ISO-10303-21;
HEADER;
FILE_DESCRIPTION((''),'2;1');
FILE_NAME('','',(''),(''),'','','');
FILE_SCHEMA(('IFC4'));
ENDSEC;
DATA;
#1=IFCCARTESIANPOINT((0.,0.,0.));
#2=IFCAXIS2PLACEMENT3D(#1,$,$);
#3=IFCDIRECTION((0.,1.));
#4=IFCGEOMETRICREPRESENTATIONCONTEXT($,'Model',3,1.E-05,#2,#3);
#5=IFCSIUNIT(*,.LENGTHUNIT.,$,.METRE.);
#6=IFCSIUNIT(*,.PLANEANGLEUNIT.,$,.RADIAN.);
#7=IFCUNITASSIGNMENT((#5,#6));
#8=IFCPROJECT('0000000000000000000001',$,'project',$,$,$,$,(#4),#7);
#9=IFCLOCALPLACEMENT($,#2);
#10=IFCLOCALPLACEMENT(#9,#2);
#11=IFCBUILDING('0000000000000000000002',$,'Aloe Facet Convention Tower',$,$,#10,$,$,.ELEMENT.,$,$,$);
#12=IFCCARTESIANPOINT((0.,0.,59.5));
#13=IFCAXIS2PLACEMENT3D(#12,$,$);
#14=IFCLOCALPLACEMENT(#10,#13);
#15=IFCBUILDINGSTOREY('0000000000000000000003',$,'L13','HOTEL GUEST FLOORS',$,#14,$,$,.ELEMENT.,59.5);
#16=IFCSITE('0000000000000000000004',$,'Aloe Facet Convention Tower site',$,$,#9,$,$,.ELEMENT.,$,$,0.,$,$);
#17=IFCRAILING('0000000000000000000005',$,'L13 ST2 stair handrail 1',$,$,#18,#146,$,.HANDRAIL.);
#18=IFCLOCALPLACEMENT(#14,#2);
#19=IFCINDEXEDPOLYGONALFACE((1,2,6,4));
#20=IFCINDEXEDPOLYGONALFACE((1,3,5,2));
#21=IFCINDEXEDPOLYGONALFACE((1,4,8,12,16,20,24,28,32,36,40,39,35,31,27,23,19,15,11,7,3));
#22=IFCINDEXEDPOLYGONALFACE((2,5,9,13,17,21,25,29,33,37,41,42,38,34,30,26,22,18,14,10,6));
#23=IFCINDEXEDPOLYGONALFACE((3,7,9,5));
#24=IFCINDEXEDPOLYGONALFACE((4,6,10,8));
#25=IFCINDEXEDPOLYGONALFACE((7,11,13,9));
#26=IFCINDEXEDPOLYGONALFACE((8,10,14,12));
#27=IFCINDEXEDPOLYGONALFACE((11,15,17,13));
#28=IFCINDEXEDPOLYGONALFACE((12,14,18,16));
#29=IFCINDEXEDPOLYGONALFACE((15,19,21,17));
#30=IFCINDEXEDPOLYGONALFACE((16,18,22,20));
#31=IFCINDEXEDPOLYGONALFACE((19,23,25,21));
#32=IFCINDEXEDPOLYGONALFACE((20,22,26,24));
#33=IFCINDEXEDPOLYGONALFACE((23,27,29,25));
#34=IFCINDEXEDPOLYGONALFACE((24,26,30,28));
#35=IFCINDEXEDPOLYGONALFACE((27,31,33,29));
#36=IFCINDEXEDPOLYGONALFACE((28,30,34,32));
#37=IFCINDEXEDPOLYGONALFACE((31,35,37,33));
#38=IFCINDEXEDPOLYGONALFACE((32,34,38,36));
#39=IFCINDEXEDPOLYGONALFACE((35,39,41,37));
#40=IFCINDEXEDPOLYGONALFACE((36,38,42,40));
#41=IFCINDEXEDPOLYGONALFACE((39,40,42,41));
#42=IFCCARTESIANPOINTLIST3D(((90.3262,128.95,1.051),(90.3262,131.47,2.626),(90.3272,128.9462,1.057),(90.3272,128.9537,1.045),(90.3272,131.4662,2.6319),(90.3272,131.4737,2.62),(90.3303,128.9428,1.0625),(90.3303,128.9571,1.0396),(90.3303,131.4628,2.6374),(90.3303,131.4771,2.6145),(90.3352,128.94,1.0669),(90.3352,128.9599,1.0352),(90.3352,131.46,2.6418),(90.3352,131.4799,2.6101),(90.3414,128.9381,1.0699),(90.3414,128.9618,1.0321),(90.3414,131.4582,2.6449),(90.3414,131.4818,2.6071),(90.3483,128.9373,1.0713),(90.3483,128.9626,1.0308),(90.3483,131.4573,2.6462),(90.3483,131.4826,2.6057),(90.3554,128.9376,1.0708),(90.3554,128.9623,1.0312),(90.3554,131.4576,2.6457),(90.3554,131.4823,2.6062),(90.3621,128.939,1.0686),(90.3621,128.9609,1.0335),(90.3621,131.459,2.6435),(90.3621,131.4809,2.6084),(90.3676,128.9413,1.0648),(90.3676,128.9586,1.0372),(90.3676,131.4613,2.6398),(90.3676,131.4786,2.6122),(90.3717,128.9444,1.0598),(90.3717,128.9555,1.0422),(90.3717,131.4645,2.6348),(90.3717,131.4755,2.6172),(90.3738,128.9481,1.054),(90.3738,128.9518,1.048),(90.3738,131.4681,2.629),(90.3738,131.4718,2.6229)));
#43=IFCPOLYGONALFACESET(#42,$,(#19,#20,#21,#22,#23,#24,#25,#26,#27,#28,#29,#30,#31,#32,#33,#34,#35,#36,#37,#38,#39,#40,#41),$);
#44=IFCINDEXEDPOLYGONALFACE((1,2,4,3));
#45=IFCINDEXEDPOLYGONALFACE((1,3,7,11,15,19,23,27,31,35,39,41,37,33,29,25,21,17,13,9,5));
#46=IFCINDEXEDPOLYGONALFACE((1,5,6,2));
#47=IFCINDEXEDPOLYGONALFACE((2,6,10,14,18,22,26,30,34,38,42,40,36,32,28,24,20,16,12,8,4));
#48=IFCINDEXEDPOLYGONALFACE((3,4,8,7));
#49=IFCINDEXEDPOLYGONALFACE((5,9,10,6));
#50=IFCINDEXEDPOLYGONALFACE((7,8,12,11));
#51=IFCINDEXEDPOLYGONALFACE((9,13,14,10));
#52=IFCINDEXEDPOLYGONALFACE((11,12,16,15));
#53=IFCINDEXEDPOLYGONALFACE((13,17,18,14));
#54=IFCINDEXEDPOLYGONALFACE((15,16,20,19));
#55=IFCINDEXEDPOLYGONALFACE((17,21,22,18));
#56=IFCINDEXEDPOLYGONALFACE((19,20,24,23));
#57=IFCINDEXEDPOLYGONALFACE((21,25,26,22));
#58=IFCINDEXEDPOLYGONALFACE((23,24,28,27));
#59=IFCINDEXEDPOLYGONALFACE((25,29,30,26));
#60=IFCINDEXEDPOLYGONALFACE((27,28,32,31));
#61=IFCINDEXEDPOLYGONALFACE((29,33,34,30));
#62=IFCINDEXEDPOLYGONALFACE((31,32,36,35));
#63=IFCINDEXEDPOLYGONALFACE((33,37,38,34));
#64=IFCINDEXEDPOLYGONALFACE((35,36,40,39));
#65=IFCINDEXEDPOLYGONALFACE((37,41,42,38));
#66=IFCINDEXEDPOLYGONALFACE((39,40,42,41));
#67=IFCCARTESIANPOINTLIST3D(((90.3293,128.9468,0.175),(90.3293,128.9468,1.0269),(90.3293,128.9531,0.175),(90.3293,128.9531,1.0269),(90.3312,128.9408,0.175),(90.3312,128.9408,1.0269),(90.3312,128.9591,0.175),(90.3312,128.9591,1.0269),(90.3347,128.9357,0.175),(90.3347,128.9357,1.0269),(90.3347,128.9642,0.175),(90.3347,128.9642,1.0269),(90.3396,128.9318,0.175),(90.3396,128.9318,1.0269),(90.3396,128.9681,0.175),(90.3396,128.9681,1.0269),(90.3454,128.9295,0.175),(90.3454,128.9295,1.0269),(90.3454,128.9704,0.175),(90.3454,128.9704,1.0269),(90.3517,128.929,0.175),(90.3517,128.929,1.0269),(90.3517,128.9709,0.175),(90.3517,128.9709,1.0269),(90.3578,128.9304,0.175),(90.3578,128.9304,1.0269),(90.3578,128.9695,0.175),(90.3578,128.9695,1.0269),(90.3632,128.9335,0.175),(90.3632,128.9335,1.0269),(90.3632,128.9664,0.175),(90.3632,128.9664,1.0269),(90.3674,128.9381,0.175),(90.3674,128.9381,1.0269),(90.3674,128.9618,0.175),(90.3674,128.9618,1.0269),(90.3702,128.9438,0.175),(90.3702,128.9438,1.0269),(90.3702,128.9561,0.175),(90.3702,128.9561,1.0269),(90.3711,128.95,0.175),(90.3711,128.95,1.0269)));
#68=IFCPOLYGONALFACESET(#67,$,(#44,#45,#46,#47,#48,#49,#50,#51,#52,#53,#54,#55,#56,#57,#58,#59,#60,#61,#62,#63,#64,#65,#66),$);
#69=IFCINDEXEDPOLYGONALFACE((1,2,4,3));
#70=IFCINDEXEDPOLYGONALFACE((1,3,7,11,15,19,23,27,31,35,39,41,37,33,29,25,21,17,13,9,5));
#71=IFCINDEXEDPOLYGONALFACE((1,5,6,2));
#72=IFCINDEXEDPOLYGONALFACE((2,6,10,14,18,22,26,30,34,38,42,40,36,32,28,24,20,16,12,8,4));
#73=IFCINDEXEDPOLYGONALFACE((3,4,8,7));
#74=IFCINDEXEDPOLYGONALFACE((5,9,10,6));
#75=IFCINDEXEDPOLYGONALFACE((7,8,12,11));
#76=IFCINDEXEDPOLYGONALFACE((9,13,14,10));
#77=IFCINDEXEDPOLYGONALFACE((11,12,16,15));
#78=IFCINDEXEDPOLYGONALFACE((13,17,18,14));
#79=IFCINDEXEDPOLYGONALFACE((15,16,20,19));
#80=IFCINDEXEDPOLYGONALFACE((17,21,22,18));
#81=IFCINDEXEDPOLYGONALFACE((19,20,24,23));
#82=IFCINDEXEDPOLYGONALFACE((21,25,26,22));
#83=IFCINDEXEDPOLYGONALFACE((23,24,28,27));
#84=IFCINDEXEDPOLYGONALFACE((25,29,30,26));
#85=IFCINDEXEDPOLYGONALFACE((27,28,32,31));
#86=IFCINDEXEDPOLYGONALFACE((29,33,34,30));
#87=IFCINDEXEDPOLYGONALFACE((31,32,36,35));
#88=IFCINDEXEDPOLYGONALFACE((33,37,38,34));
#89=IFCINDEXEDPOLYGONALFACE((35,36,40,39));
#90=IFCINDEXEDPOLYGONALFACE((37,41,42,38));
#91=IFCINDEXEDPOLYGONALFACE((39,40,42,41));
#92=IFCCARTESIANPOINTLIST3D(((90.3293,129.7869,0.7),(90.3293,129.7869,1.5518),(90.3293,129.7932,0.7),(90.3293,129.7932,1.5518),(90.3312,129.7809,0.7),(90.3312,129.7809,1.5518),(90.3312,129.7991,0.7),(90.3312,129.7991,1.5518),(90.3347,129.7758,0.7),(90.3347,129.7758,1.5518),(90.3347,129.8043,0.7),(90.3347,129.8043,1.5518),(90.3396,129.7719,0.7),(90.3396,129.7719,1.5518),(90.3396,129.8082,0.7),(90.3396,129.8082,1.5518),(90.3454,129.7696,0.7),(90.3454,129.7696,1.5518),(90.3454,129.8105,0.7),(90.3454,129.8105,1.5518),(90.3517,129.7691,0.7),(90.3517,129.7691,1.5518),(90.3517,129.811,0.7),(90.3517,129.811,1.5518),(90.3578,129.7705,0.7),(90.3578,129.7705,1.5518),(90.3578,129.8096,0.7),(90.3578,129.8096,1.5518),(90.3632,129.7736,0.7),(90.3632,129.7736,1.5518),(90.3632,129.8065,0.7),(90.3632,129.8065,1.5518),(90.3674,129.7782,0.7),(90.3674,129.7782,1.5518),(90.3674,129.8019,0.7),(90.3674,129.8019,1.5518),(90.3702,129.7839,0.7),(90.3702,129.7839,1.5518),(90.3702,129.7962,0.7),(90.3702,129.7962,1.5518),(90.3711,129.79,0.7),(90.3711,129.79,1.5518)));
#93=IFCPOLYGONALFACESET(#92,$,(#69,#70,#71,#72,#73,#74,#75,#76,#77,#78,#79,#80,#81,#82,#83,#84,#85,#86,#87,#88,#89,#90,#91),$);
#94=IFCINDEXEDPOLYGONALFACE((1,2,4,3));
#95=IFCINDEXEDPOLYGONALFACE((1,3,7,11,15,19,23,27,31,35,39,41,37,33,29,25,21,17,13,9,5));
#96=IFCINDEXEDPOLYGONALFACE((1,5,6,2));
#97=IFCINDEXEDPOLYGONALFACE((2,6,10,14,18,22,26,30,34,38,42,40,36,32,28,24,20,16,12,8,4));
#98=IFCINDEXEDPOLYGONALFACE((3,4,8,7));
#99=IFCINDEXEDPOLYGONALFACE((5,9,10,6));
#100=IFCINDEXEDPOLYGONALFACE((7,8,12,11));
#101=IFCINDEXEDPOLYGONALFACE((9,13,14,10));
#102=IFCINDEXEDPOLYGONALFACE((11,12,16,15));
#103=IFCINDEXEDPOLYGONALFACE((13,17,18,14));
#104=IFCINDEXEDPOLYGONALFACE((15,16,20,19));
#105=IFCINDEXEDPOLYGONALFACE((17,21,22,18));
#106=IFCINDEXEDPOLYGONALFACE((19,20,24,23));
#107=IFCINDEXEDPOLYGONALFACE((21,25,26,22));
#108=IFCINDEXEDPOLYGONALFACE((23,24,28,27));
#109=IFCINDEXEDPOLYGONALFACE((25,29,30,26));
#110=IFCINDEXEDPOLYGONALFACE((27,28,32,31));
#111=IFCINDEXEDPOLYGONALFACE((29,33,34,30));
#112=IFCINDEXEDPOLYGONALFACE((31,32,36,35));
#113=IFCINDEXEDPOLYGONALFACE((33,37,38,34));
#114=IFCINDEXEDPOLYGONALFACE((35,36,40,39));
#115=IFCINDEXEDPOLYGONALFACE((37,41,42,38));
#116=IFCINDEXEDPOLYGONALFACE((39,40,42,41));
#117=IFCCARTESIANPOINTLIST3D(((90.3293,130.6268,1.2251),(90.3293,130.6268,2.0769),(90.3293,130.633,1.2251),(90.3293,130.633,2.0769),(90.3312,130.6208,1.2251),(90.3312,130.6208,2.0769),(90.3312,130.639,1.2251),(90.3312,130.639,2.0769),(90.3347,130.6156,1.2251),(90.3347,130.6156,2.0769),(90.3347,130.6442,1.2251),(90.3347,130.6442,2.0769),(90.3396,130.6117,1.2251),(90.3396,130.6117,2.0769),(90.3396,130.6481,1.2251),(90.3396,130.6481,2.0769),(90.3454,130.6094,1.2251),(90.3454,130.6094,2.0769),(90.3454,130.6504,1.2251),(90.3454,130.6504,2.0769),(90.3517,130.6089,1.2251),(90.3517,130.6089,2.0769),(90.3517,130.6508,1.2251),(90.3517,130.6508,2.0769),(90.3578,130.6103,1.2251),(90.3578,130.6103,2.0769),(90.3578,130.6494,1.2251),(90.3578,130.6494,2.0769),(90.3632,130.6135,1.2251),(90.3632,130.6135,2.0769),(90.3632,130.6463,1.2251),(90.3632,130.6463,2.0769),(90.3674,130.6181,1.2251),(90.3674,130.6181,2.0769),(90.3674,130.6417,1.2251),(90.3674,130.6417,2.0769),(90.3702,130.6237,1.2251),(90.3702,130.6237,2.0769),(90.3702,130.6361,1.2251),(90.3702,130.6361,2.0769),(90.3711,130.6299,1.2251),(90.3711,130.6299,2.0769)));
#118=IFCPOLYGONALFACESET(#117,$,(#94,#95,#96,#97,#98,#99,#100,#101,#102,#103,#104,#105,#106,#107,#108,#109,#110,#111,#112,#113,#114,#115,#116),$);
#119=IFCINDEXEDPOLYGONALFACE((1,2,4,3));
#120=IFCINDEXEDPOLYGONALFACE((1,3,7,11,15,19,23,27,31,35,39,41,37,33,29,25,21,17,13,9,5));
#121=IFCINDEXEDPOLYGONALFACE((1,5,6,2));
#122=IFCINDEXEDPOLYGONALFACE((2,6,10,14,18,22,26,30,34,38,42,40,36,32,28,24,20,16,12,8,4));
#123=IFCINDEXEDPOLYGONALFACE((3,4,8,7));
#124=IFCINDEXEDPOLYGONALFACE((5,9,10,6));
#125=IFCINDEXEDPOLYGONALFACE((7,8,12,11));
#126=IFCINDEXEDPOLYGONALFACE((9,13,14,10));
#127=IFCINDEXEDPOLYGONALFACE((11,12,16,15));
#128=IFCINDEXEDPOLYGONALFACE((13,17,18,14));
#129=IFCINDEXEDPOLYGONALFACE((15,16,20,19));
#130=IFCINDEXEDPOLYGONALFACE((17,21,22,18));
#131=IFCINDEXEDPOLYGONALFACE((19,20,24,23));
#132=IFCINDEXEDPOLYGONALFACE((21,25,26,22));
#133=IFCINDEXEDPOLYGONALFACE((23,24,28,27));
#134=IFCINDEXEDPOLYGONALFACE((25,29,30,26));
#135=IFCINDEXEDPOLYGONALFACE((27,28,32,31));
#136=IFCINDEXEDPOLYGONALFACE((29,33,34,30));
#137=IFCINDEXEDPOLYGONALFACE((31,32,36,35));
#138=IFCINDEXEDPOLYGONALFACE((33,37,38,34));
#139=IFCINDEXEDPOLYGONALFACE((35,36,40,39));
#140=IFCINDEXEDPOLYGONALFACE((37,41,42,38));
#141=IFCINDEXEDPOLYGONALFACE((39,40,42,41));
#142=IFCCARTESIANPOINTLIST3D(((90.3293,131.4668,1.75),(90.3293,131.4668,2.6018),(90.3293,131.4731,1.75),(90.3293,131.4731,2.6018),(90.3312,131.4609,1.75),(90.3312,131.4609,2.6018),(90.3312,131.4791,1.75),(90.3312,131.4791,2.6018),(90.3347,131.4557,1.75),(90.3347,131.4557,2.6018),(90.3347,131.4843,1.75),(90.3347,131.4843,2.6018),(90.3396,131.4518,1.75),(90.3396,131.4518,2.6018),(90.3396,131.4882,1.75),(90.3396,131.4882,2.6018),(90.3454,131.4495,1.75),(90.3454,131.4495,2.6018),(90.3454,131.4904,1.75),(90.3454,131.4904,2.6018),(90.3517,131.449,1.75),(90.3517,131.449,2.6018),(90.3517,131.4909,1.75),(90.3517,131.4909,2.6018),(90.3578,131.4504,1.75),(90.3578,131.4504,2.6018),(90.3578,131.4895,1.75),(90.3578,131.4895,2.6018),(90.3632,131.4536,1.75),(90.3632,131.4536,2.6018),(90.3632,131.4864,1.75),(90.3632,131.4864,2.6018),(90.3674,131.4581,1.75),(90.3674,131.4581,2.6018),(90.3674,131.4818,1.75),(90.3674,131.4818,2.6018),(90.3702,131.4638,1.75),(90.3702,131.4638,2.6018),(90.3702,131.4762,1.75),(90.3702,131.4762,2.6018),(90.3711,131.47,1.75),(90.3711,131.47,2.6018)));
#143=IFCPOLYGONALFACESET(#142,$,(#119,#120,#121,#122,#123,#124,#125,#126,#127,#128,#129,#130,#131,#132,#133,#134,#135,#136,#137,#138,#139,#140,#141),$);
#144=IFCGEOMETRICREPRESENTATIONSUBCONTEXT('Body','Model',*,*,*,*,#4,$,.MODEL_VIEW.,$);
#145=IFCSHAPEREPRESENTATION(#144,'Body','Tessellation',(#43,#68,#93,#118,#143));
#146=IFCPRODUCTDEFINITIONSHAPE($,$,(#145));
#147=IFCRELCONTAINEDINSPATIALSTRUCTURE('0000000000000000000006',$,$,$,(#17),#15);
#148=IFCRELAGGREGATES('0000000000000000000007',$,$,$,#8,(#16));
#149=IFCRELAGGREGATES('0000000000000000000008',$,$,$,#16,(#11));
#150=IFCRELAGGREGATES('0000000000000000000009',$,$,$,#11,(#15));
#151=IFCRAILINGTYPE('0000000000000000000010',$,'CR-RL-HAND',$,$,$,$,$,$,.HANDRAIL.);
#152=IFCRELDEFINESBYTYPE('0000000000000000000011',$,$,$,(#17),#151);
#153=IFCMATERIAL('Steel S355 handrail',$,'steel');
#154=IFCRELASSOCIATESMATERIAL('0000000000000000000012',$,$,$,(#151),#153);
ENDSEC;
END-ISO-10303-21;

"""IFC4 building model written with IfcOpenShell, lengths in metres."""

from ifc_helpers import new_model, si_unit, direction, frame, origin, origin_2d, place, context, subcontext, project, spatial, circle, extrude, material, type_object, element, save


model = new_model("IFC4")

# Units and contexts
model_context = context("Model", 3, precision=1e-05, world=origin(), true_north=direction((0.0, 1.0)))
body_context = subcontext(model_context, "Body", "Model", "MODEL_VIEW")
ifc_project = project(units=[si_unit("LENGTHUNIT", "METRE"), si_unit("PLANEANGLEUNIT", "RADIAN")], contexts=[model_context])

# Site, building, storey
site_placement = place(None, origin())
site = spatial("IfcSite", under=ifc_project, at=site_placement, Name="Aloe Facet Convention Tower site", CompositionType="ELEMENT", RefElevation=0.0)
building_placement = place(site_placement, origin())
building = spatial("IfcBuilding", under=site, at=building_placement, Name="Aloe Facet Convention Tower", CompositionType="ELEMENT")
storey_placement = place(building_placement, frame((0.0, 0.0, 59.5)))
storey = spatial("IfcBuildingStorey", under=building, at=storey_placement, Name="L13", Description="HOTEL GUEST FLOORS", CompositionType="ELEMENT", Elevation=59.5)

# Railing
ifc_material_1 = material(Name="Steel S355 handrail", Category="steel")
railing_type_1 = type_object("IfcRailingType", Name="CR-RL-HAND", PredefinedType="HANDRAIL", material=ifc_material_1)
railing_1_placement = place(storey_placement, frame((90.3501, 128.95, 0.175)))
element("IfcRailing", 1, at=railing_1_placement, inside=storey, type_object=railing_type_1, Name="L13 ST2 stair handrail 1", PredefinedType="HANDRAIL", context=body_context, shape_type="SweptSolid", body=[
    extrude(circle(Radius=0.0239, at=origin_2d()), frame((0.0, 0.0, 0.876), z_axis=(0.0, 0.848008, 0.529984), x_axis=(-1.0, 0.0, 0.0)), (0.0, 0.0, 1.0), 2.9717),
    extrude(circle(Radius=0.021, at=origin_2d()), origin(), (0.0, 0.0, 1.0), 0.8518),
    extrude(circle(Radius=0.021, at=origin_2d()), frame((0.0, 0.8401, 0.5249)), (0.0, 0.0, 1.0), 0.8518),
    extrude(circle(Radius=0.021, at=origin_2d()), frame((0.0, 1.6799, 1.05)), (0.0, 0.0, 1.0), 0.8518),
    extrude(circle(Radius=0.021, at=origin_2d()), frame((0.0, 2.52, 1.575)), (0.0, 0.0, 1.0), 0.8518),
])

save(model, "model.ifc")
